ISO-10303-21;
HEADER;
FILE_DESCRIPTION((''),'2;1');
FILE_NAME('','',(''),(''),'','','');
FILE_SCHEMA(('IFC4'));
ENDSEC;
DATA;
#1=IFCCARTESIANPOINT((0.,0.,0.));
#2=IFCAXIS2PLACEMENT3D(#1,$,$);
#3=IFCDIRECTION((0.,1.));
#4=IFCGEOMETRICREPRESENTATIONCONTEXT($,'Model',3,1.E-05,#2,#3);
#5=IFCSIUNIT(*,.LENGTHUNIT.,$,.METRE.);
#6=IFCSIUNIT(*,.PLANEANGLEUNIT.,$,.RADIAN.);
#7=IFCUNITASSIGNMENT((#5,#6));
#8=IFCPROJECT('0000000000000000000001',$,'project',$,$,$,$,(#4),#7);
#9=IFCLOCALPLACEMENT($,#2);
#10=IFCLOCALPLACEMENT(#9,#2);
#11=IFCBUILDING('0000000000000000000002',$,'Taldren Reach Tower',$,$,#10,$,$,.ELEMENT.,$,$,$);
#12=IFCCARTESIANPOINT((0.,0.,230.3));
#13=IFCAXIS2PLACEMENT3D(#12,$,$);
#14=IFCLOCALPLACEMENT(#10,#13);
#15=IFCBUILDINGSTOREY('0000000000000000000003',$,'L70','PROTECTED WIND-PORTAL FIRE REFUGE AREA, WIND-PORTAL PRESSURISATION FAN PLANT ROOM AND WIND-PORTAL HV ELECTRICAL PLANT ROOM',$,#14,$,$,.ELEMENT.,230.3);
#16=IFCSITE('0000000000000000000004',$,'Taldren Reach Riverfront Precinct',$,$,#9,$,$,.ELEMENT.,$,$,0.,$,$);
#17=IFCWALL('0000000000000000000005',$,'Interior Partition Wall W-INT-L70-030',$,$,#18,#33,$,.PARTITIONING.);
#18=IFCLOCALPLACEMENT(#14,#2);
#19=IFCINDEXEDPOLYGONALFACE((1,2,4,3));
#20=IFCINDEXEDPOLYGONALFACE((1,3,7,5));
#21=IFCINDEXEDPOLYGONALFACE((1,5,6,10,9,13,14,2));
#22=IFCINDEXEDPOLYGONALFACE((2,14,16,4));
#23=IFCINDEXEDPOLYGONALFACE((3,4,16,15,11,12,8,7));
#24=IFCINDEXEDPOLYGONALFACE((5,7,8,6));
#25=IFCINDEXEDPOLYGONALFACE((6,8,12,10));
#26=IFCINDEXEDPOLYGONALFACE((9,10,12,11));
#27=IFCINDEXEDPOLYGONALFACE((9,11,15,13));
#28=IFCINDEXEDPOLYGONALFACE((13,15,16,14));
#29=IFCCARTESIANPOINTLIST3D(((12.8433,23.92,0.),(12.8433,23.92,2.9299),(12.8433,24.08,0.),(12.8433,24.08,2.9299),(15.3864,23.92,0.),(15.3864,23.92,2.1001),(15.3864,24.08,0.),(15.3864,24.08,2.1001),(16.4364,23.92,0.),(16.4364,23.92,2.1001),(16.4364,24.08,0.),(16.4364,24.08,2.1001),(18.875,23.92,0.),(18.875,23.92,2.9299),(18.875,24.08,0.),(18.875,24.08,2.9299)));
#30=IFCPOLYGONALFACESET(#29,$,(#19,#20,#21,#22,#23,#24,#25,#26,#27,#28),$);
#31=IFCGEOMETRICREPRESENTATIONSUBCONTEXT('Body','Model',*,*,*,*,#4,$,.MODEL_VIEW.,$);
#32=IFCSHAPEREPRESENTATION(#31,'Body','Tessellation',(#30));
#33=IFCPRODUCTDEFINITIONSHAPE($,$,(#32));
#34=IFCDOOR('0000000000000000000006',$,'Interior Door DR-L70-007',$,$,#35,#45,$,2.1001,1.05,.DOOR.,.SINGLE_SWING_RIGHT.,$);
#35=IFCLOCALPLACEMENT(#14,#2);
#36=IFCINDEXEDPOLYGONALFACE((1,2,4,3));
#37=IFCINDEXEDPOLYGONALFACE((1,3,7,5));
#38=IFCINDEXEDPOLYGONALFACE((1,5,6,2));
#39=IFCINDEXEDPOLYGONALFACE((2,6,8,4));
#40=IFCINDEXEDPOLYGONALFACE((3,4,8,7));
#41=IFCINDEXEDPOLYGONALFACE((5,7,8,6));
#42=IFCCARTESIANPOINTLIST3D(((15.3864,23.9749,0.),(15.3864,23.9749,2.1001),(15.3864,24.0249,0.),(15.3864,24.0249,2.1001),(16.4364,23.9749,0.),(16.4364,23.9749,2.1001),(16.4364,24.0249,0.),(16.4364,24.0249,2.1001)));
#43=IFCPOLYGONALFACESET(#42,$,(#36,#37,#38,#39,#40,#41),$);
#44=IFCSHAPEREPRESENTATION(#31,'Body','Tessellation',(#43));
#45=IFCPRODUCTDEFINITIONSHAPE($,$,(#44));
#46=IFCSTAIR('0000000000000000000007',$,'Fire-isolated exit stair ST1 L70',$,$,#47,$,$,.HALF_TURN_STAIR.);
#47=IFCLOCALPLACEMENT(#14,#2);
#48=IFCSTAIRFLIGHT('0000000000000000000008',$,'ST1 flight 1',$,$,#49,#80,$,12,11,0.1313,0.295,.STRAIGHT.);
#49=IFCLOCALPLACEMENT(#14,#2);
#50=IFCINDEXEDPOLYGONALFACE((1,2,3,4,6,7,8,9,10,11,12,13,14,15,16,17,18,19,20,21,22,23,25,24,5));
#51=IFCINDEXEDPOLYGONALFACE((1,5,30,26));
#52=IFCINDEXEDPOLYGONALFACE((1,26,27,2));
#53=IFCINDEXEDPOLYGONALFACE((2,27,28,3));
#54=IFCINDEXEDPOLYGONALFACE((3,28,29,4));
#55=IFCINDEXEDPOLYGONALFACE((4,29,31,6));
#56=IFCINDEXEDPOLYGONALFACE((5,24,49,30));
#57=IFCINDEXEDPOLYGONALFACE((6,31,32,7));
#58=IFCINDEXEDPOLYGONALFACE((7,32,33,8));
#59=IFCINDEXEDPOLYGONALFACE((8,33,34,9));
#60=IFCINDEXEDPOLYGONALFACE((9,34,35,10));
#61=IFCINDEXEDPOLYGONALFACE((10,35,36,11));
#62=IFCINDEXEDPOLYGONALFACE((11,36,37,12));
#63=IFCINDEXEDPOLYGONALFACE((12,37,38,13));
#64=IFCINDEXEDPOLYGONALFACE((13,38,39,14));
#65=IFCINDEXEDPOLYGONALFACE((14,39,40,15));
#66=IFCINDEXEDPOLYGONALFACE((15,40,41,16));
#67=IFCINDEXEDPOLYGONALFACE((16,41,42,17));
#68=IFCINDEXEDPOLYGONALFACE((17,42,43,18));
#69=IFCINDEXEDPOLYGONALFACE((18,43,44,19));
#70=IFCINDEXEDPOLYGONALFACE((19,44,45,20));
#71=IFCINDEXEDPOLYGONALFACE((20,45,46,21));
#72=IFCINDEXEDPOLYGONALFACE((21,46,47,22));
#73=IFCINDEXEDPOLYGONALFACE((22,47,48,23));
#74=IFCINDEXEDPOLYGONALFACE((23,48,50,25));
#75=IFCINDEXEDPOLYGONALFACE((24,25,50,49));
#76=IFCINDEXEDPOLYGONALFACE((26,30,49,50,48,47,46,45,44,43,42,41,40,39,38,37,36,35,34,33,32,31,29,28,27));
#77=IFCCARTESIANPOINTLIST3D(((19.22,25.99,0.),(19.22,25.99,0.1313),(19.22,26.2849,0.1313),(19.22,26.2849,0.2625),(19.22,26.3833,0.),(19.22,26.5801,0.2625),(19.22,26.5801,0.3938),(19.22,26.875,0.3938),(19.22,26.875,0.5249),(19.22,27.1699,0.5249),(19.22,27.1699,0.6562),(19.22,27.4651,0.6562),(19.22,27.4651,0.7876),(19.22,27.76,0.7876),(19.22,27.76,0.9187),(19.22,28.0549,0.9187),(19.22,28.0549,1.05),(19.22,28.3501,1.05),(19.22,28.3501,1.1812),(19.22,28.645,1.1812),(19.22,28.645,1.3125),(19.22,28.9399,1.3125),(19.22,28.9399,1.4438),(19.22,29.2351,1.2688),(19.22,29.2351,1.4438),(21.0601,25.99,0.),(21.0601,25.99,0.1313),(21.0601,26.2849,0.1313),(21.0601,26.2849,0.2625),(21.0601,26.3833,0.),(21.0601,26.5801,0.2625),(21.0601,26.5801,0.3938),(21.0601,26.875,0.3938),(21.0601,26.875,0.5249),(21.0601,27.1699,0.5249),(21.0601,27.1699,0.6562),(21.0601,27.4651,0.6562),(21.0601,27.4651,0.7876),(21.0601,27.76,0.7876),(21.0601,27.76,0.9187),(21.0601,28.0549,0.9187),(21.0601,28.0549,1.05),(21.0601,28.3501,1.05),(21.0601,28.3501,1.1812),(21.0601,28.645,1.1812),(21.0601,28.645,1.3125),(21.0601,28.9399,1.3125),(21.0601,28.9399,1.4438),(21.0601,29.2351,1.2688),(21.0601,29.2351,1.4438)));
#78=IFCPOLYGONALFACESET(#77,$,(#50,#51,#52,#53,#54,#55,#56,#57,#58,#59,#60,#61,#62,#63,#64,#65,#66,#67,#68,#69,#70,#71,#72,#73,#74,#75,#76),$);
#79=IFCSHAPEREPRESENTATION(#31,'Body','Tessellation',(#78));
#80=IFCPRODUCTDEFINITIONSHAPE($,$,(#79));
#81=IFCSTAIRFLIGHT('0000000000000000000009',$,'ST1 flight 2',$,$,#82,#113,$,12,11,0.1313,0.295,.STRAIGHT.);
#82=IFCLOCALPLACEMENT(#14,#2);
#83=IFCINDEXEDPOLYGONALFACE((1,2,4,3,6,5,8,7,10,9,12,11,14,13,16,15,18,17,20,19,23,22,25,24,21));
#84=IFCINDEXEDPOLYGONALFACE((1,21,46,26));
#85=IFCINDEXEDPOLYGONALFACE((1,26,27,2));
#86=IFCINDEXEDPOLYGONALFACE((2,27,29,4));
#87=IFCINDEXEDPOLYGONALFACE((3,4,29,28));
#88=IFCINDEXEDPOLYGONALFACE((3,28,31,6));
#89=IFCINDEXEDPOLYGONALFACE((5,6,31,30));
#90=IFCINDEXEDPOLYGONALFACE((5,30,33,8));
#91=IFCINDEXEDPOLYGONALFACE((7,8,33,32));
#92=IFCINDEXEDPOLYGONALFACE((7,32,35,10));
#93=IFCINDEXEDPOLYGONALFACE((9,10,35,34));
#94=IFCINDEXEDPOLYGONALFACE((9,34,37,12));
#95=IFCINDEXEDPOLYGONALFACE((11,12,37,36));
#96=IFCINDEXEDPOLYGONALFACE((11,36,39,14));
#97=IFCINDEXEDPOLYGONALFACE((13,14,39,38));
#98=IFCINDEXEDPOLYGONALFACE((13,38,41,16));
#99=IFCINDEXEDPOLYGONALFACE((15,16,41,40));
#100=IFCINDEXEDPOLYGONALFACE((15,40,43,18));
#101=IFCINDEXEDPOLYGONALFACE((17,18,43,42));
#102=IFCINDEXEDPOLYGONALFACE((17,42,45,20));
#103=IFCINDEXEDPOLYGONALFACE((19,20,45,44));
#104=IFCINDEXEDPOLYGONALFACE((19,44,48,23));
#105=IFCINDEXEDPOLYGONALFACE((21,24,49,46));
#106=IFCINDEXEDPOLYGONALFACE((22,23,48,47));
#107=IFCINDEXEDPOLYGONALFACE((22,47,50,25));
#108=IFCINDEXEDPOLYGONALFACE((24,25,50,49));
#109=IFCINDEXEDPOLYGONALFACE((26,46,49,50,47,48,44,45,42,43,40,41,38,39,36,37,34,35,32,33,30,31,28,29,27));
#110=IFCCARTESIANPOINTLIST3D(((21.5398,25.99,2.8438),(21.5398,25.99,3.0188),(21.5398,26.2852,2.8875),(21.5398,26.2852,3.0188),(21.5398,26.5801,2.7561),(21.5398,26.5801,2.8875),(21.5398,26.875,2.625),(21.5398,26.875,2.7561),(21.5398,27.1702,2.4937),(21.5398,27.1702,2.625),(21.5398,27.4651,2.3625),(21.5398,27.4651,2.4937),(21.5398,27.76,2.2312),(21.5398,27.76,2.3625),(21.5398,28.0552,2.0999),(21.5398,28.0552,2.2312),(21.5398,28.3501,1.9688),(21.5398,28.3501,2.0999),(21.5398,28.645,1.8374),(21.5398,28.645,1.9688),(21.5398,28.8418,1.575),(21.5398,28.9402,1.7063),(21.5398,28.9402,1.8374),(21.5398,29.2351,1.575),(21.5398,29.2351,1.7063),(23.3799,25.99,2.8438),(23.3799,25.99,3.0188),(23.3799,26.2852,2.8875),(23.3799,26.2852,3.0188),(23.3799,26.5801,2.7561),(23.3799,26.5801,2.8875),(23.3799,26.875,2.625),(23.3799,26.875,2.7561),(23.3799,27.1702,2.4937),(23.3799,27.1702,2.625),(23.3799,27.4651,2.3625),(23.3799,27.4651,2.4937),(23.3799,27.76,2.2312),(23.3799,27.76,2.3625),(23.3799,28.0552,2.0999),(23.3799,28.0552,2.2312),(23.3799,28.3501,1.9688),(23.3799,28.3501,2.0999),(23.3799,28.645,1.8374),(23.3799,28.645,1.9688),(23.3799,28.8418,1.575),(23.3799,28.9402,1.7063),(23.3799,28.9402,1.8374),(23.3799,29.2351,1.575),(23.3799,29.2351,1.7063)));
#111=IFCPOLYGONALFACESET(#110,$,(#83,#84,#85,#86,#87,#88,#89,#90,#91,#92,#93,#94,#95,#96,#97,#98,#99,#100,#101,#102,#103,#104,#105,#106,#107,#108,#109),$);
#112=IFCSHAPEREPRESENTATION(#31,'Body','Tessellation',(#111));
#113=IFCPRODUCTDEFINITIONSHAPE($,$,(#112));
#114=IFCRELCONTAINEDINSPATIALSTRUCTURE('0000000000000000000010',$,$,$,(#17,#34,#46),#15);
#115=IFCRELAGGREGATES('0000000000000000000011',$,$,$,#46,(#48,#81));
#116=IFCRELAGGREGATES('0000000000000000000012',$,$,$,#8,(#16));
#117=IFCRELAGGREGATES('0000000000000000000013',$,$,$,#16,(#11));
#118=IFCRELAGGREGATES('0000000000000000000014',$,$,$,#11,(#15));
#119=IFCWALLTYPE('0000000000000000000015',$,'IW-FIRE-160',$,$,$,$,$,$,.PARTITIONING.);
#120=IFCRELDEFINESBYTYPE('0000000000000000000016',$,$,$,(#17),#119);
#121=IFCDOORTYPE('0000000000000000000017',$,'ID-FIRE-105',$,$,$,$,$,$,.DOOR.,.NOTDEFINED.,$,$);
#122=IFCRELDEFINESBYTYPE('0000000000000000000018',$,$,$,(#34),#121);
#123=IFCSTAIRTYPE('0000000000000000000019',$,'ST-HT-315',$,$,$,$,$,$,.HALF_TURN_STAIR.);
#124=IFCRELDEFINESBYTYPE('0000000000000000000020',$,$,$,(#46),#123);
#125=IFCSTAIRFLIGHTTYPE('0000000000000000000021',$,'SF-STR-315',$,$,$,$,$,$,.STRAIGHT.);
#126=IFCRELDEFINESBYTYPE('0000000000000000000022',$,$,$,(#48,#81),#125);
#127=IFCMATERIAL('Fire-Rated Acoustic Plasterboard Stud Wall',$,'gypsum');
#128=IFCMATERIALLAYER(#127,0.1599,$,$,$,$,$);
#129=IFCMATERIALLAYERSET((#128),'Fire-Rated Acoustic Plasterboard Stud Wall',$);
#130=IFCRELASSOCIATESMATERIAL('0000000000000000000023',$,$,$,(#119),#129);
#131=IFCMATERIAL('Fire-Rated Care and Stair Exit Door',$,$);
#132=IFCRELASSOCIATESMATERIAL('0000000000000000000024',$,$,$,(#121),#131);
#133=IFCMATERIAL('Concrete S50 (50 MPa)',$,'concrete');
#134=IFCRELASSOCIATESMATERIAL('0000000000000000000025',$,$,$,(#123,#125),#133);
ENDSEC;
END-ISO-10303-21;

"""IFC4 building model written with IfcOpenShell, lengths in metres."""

from ifc_helpers import new_model, si_unit, direction, frame, frame_2d, origin, place, context, subcontext, project, spatial, polyline, rectangle, outline, extrude, source, transform, mapped, material, layer, layer_set, type_object, element, fill, aggregate, save


model = new_model("IFC4")

# Units and contexts
model_context = context("Model", 3, precision=1e-05, world=origin(), true_north=direction((0.0, 1.0)))
body_context = subcontext(model_context, "Body", "Model", "MODEL_VIEW")
ifc_project = project(units=[si_unit("LENGTHUNIT", "METRE"), si_unit("PLANEANGLEUNIT", "RADIAN")], contexts=[model_context])

# Site, building, storey
site_placement = place(None, origin())
site = spatial("IfcSite", under=ifc_project, at=site_placement, Name="Taldren Reach Riverfront Precinct", CompositionType="ELEMENT", RefElevation=0.0)
building_placement = place(site_placement, origin())
building = spatial("IfcBuilding", under=site, at=building_placement, Name="Taldren Reach Tower", CompositionType="ELEMENT")
storey_placement = place(building_placement, frame((0.0, 0.0, 230.3)))
storey = spatial("IfcBuildingStorey", under=building, at=storey_placement, Name="L70", Description="PROTECTED WIND-PORTAL FIRE REFUGE AREA, WIND-PORTAL PRESSURISATION FAN PLANT ROOM AND WIND-PORTAL HV ELECTRICAL PLANT ROOM", CompositionType="ELEMENT", Elevation=230.3)

# Wall, opening, door
ifc_material_1 = material(Name="Fire-Rated Acoustic Plasterboard Stud Wall", Category="gypsum")
ifc_layer_1 = layer(ifc_material_1, 0.1599)
ifc_layer_set_1 = layer_set([ifc_layer_1], Name="Fire-Rated Acoustic Plasterboard Stud Wall")
wall_type_1 = type_object("IfcWallType", Name="IW-FIRE-160", PredefinedType="PARTITIONING", material=ifc_layer_set_1)
shared_shape_1 = source(origin(), body_context, "Body", "SweptSolid", [
    extrude(rectangle(XDim=6.0317, YDim=0.1599, at=frame_2d((3.0159, 0.0))), origin(), (0.0, 0.0, 1.0), 2.9299),
])
wall_1_placement = place(storey_placement, frame((12.8433, 24.0, 0.0), z_axis=(0.0, 0.0, 1.0), x_axis=(1.0, 0.0, 0.0)))
wall_1 = element("IfcWall", 1, at=wall_1_placement, inside=storey, type_object=wall_type_1, Name="Interior Partition Wall W-INT-L70-030", PredefinedType="PARTITIONING", context=body_context, shape_type="MappedRepresentation", body=[
    mapped(shared_shape_1, transform((0.0, 0.0, 0.0), scale=1.0)),
])
shared_shape_2 = source(origin(), body_context, "Body", "SweptSolid", [
    extrude(rectangle(XDim=1.05, YDim=2.1001, at=frame_2d((0.5249, 1.05))), frame((0.0, 0.0898, 0.0), z_axis=(0.0, -1.0, 0.0), x_axis=(1.0, 0.0, 0.0)), (0.0, 0.0, 1.0), 0.1799),
])
opening_placement = place(wall_1_placement, frame((2.5432, 0.0, 0.0)))
opening = element("IfcOpeningElement", 2, at=opening_placement, cuts=wall_1, PredefinedType="OPENING", context=body_context, shape_type="MappedRepresentation", body=[
    mapped(shared_shape_2, transform((0.0, 0.0, 0.0), scale=1.0)),
])
ifc_material_2 = material(Name="Fire-Rated Care and Stair Exit Door")
door_type = type_object("IfcDoorType", Name="ID-FIRE-105", OperationType="NOTDEFINED", PredefinedType="DOOR", material=ifc_material_2)
shared_shape_3 = source(origin(), body_context, "Body", "SweptSolid", [
    extrude(rectangle(XDim=1.05, YDim=2.1001, at=frame_2d((0.5249, 1.05))), frame((0.0, 0.0249, 0.0), z_axis=(0.0, -1.0, 0.0), x_axis=(1.0, 0.0, 0.0)), (0.0, 0.0, 1.0), 0.05),
])
door_placement = place(opening_placement, origin())
door = element("IfcDoor", 3, at=door_placement, inside=storey, type_object=door_type, Name="Interior Door DR-L70-007", OperationType="SINGLE_SWING_RIGHT", OverallHeight=2.1001, OverallWidth=1.05, PredefinedType="DOOR", context=body_context, shape_type="MappedRepresentation", body=[
    mapped(shared_shape_3, transform((0.0, 0.0, 0.0), scale=1.0)),
])
fill(opening, door)

# Stair, stair flights
ifc_material_3 = material(Name="Concrete S50 (50 MPa)", Category="concrete")
stair_type = type_object("IfcStairType", Name="ST-HT-315", PredefinedType="HALF_TURN_STAIR", material=ifc_material_3)
stair_placement = place(storey_placement, origin())
stair = element("IfcStair", 4, at=stair_placement, inside=storey, type_object=stair_type, Name="Fire-isolated exit stair ST1 L70", PredefinedType="HALF_TURN_STAIR")
stair_flight_type = type_object("IfcStairFlightType", Name="SF-STR-315", PredefinedType="STRAIGHT", material=ifc_material_3)
stair_flight_1_placement = place(storey_placement, frame((20.1399, 25.99, 0.0), z_axis=(0.0, 0.0, 1.0), x_axis=(0.0, 1.0, 0.0)))
stair_flight_1 = element("IfcStairFlight", 5, at=stair_flight_1_placement, type_object=stair_flight_type, Name="ST1 flight 1", NumberOfRisers=12, NumberOfTreads=11, PredefinedType="STRAIGHT", RiserHeight=0.1313, TreadLength=0.295, context=body_context, shape_type="SweptSolid", body=[
    extrude(outline(polyline([(0.0, 0.0), (0.0, 0.1313), (0.2949, 0.1313), (0.2949, 0.2625), (0.5901, 0.2625), (0.5901, 0.3938), (0.885, 0.3938), (0.885, 0.5249), (1.1799, 0.5249), (1.1799, 0.6562), (1.4751, 0.6562), (1.4751, 0.7876), (1.77, 0.7876), (1.77, 0.9187), (2.0649, 0.9187), (2.0649, 1.05), (2.3601, 1.05), (2.3601, 1.1812), (2.655, 1.1812), (2.655, 1.3125), (2.95, 1.3125), (2.95, 1.4438), (3.2451, 1.4438), (3.2451, 1.575), (3.2451, 1.2688), (0.3933, 0.0), (0.0, 0.0)])), frame((0.0, 0.9199, 0.0), z_axis=(0.0, -1.0, 0.0), x_axis=(1.0, 0.0, 0.0)), (0.0, 0.0, 1.0), 1.8401),
])
stair_flight_2_placement = place(storey_placement, frame((22.46, 29.2351, 1.575), z_axis=(0.0, 0.0, 1.0), x_axis=(0.0, -1.0, 0.0)))
stair_flight_2 = element("IfcStairFlight", 6, at=stair_flight_2_placement, type_object=stair_flight_type, Name="ST1 flight 2", NumberOfRisers=12, NumberOfTreads=11, PredefinedType="STRAIGHT", RiserHeight=0.1313, TreadLength=0.295, context=body_context, shape_type="SweptSolid", body=[
    extrude(outline(polyline([(0.0, 0.0), (0.0, 0.1313), (0.2949, 0.1313), (0.2949, 0.2625), (0.5901, 0.2625), (0.5901, 0.3938), (0.885, 0.3938), (0.885, 0.5249), (1.1799, 0.5249), (1.1799, 0.6562), (1.4751, 0.6562), (1.4751, 0.7876), (1.77, 0.7876), (1.77, 0.9187), (2.0649, 0.9187), (2.0649, 1.05), (2.3601, 1.05), (2.3601, 1.1812), (2.655, 1.1812), (2.655, 1.3125), (2.95, 1.3125), (2.95, 1.4438), (3.2451, 1.4438), (3.2451, 1.575), (3.2451, 1.2688), (0.3933, 0.0), (0.0, 0.0)])), frame((0.0, 0.9199, 0.0), z_axis=(0.0, -1.0, 0.0), x_axis=(1.0, 0.0, 0.0)), (0.0, 0.0, 1.0), 1.8401),
])
aggregate(stair, [stair_flight_1, stair_flight_2])

save(model, "model.ifc")
